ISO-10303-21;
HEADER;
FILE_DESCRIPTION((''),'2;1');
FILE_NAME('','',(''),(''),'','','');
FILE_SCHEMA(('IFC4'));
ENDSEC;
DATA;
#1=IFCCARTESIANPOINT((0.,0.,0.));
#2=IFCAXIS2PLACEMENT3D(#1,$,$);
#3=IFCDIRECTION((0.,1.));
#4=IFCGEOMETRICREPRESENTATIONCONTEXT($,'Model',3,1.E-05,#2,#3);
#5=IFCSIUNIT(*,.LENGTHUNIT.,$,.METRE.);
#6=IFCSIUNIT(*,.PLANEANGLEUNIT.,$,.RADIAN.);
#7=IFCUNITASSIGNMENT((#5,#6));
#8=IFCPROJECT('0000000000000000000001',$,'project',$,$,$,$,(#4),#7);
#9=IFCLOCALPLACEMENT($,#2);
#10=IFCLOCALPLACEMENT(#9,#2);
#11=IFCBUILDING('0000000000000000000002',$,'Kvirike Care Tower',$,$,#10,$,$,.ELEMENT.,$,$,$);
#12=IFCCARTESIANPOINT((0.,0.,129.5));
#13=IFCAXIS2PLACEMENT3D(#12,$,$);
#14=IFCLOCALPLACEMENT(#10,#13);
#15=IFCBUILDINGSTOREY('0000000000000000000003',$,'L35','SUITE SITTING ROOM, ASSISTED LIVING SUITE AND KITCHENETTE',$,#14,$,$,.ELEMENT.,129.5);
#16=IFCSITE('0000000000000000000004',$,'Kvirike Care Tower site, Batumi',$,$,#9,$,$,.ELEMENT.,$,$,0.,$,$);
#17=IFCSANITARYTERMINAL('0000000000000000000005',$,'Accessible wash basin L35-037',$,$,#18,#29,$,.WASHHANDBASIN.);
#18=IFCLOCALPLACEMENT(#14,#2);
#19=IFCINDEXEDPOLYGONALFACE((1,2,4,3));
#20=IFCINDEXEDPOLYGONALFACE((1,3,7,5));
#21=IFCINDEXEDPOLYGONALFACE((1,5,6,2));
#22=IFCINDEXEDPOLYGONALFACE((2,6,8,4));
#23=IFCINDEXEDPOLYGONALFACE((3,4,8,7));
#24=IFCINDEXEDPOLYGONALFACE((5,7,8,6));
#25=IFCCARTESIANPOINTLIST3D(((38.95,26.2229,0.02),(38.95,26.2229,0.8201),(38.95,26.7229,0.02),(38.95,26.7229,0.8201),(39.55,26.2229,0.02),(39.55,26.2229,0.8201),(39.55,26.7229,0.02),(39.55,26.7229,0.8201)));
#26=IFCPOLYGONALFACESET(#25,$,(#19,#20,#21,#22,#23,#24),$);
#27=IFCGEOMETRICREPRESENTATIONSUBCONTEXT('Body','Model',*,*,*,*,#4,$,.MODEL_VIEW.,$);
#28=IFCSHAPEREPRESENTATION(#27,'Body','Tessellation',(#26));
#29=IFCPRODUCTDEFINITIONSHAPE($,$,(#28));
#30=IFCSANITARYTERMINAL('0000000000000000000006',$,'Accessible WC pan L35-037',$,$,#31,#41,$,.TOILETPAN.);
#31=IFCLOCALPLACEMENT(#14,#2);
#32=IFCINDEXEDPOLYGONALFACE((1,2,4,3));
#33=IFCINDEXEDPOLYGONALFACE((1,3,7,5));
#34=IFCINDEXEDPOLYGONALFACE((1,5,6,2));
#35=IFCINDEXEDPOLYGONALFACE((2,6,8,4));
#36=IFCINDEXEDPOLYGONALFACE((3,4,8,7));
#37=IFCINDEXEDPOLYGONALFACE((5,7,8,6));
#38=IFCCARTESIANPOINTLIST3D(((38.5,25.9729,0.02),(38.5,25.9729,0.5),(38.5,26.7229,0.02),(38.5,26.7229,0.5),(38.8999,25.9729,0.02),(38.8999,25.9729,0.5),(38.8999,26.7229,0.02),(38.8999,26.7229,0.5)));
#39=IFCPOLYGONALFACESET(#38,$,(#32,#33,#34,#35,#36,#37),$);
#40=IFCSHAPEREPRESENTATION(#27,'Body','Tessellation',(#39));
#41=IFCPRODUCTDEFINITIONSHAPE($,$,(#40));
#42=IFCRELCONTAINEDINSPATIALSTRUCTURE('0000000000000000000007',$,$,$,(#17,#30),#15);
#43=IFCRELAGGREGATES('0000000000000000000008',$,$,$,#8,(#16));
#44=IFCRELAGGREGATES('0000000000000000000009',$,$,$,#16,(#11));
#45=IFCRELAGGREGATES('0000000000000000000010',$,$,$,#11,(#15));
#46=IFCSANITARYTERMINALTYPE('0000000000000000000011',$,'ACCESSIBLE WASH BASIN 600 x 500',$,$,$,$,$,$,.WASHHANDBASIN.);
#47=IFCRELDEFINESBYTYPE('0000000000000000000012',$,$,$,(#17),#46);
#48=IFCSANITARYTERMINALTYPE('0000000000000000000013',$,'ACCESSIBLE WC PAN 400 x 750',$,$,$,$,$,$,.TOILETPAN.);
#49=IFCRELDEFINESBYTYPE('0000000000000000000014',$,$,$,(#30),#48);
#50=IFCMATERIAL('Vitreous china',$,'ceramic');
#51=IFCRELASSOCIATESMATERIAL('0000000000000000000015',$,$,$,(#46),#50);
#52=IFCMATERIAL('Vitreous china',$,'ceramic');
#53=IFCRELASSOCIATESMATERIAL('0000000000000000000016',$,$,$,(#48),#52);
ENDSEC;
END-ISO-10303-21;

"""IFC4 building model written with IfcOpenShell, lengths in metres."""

from ifc_helpers import new_model, si_unit, direction, frame, origin, origin_2d, place, context, subcontext, project, spatial, rectangle, extrude, material, type_object, element, save


model = new_model("IFC4")

# Units and contexts
model_context = context("Model", 3, precision=1e-05, world=origin(), true_north=direction((0.0, 1.0)))
body_context = subcontext(model_context, "Body", "Model", "MODEL_VIEW")
ifc_project = project(units=[si_unit("LENGTHUNIT", "METRE"), si_unit("PLANEANGLEUNIT", "RADIAN")], contexts=[model_context])

# Site, building, storey
site_placement = place(None, origin())
site = spatial("IfcSite", under=ifc_project, at=site_placement, Name="Kvirike Care Tower site, Batumi", CompositionType="ELEMENT", RefElevation=0.0)
building_placement = place(site_placement, origin())
building = spatial("IfcBuilding", under=site, at=building_placement, Name="Kvirike Care Tower", CompositionType="ELEMENT")
storey_placement = place(building_placement, frame((0.0, 0.0, 129.5)))
storey = spatial("IfcBuildingStorey", under=building, at=storey_placement, Name="L35", Description="SUITE SITTING ROOM, ASSISTED LIVING SUITE AND KITCHENETTE", CompositionType="ELEMENT", Elevation=129.5)

# Sanitary terminals
ifc_material_1 = material(Name="Vitreous china", Category="ceramic")
sanitary_terminal_type_1 = type_object("IfcSanitaryTerminalType", Name="ACCESSIBLE WASH BASIN 600 x 500", PredefinedType="WASHHANDBASIN", material=ifc_material_1)
sanitary_terminal_1_placement = place(storey_placement, frame((39.25, 26.4729, 0.02), z_axis=(0.0, 0.0, 1.0), x_axis=(1.0, 0.0, 0.0)))
element("IfcSanitaryTerminal", 1, at=sanitary_terminal_1_placement, inside=storey, type_object=sanitary_terminal_type_1, Name="Accessible wash basin L35-037", PredefinedType="WASHHANDBASIN", context=body_context, shape_type="SweptSolid", body=[
    extrude(rectangle(XDim=0.6001, YDim=0.5, at=origin_2d()), origin(), (0.0, 0.0, 1.0), 0.8),
])
ifc_material_2 = material(Name="Vitreous china", Category="ceramic")
sanitary_terminal_type_2 = type_object("IfcSanitaryTerminalType", Name="ACCESSIBLE WC PAN 400 x 750", PredefinedType="TOILETPAN", material=ifc_material_2)
sanitary_terminal_2_placement = place(storey_placement, frame((38.7, 26.3479, 0.02), z_axis=(0.0, 0.0, 1.0), x_axis=(1.0, 0.0, 0.0)))
element("IfcSanitaryTerminal", 2, at=sanitary_terminal_2_placement, inside=storey, type_object=sanitary_terminal_type_2, Name="Accessible WC pan L35-037", PredefinedType="TOILETPAN", context=body_context, shape_type="SweptSolid", body=[
    extrude(rectangle(XDim=0.3999, YDim=0.75, at=origin_2d()), origin(), (0.0, 0.0, 1.0), 0.48),
])

save(model, "model.ifc")
